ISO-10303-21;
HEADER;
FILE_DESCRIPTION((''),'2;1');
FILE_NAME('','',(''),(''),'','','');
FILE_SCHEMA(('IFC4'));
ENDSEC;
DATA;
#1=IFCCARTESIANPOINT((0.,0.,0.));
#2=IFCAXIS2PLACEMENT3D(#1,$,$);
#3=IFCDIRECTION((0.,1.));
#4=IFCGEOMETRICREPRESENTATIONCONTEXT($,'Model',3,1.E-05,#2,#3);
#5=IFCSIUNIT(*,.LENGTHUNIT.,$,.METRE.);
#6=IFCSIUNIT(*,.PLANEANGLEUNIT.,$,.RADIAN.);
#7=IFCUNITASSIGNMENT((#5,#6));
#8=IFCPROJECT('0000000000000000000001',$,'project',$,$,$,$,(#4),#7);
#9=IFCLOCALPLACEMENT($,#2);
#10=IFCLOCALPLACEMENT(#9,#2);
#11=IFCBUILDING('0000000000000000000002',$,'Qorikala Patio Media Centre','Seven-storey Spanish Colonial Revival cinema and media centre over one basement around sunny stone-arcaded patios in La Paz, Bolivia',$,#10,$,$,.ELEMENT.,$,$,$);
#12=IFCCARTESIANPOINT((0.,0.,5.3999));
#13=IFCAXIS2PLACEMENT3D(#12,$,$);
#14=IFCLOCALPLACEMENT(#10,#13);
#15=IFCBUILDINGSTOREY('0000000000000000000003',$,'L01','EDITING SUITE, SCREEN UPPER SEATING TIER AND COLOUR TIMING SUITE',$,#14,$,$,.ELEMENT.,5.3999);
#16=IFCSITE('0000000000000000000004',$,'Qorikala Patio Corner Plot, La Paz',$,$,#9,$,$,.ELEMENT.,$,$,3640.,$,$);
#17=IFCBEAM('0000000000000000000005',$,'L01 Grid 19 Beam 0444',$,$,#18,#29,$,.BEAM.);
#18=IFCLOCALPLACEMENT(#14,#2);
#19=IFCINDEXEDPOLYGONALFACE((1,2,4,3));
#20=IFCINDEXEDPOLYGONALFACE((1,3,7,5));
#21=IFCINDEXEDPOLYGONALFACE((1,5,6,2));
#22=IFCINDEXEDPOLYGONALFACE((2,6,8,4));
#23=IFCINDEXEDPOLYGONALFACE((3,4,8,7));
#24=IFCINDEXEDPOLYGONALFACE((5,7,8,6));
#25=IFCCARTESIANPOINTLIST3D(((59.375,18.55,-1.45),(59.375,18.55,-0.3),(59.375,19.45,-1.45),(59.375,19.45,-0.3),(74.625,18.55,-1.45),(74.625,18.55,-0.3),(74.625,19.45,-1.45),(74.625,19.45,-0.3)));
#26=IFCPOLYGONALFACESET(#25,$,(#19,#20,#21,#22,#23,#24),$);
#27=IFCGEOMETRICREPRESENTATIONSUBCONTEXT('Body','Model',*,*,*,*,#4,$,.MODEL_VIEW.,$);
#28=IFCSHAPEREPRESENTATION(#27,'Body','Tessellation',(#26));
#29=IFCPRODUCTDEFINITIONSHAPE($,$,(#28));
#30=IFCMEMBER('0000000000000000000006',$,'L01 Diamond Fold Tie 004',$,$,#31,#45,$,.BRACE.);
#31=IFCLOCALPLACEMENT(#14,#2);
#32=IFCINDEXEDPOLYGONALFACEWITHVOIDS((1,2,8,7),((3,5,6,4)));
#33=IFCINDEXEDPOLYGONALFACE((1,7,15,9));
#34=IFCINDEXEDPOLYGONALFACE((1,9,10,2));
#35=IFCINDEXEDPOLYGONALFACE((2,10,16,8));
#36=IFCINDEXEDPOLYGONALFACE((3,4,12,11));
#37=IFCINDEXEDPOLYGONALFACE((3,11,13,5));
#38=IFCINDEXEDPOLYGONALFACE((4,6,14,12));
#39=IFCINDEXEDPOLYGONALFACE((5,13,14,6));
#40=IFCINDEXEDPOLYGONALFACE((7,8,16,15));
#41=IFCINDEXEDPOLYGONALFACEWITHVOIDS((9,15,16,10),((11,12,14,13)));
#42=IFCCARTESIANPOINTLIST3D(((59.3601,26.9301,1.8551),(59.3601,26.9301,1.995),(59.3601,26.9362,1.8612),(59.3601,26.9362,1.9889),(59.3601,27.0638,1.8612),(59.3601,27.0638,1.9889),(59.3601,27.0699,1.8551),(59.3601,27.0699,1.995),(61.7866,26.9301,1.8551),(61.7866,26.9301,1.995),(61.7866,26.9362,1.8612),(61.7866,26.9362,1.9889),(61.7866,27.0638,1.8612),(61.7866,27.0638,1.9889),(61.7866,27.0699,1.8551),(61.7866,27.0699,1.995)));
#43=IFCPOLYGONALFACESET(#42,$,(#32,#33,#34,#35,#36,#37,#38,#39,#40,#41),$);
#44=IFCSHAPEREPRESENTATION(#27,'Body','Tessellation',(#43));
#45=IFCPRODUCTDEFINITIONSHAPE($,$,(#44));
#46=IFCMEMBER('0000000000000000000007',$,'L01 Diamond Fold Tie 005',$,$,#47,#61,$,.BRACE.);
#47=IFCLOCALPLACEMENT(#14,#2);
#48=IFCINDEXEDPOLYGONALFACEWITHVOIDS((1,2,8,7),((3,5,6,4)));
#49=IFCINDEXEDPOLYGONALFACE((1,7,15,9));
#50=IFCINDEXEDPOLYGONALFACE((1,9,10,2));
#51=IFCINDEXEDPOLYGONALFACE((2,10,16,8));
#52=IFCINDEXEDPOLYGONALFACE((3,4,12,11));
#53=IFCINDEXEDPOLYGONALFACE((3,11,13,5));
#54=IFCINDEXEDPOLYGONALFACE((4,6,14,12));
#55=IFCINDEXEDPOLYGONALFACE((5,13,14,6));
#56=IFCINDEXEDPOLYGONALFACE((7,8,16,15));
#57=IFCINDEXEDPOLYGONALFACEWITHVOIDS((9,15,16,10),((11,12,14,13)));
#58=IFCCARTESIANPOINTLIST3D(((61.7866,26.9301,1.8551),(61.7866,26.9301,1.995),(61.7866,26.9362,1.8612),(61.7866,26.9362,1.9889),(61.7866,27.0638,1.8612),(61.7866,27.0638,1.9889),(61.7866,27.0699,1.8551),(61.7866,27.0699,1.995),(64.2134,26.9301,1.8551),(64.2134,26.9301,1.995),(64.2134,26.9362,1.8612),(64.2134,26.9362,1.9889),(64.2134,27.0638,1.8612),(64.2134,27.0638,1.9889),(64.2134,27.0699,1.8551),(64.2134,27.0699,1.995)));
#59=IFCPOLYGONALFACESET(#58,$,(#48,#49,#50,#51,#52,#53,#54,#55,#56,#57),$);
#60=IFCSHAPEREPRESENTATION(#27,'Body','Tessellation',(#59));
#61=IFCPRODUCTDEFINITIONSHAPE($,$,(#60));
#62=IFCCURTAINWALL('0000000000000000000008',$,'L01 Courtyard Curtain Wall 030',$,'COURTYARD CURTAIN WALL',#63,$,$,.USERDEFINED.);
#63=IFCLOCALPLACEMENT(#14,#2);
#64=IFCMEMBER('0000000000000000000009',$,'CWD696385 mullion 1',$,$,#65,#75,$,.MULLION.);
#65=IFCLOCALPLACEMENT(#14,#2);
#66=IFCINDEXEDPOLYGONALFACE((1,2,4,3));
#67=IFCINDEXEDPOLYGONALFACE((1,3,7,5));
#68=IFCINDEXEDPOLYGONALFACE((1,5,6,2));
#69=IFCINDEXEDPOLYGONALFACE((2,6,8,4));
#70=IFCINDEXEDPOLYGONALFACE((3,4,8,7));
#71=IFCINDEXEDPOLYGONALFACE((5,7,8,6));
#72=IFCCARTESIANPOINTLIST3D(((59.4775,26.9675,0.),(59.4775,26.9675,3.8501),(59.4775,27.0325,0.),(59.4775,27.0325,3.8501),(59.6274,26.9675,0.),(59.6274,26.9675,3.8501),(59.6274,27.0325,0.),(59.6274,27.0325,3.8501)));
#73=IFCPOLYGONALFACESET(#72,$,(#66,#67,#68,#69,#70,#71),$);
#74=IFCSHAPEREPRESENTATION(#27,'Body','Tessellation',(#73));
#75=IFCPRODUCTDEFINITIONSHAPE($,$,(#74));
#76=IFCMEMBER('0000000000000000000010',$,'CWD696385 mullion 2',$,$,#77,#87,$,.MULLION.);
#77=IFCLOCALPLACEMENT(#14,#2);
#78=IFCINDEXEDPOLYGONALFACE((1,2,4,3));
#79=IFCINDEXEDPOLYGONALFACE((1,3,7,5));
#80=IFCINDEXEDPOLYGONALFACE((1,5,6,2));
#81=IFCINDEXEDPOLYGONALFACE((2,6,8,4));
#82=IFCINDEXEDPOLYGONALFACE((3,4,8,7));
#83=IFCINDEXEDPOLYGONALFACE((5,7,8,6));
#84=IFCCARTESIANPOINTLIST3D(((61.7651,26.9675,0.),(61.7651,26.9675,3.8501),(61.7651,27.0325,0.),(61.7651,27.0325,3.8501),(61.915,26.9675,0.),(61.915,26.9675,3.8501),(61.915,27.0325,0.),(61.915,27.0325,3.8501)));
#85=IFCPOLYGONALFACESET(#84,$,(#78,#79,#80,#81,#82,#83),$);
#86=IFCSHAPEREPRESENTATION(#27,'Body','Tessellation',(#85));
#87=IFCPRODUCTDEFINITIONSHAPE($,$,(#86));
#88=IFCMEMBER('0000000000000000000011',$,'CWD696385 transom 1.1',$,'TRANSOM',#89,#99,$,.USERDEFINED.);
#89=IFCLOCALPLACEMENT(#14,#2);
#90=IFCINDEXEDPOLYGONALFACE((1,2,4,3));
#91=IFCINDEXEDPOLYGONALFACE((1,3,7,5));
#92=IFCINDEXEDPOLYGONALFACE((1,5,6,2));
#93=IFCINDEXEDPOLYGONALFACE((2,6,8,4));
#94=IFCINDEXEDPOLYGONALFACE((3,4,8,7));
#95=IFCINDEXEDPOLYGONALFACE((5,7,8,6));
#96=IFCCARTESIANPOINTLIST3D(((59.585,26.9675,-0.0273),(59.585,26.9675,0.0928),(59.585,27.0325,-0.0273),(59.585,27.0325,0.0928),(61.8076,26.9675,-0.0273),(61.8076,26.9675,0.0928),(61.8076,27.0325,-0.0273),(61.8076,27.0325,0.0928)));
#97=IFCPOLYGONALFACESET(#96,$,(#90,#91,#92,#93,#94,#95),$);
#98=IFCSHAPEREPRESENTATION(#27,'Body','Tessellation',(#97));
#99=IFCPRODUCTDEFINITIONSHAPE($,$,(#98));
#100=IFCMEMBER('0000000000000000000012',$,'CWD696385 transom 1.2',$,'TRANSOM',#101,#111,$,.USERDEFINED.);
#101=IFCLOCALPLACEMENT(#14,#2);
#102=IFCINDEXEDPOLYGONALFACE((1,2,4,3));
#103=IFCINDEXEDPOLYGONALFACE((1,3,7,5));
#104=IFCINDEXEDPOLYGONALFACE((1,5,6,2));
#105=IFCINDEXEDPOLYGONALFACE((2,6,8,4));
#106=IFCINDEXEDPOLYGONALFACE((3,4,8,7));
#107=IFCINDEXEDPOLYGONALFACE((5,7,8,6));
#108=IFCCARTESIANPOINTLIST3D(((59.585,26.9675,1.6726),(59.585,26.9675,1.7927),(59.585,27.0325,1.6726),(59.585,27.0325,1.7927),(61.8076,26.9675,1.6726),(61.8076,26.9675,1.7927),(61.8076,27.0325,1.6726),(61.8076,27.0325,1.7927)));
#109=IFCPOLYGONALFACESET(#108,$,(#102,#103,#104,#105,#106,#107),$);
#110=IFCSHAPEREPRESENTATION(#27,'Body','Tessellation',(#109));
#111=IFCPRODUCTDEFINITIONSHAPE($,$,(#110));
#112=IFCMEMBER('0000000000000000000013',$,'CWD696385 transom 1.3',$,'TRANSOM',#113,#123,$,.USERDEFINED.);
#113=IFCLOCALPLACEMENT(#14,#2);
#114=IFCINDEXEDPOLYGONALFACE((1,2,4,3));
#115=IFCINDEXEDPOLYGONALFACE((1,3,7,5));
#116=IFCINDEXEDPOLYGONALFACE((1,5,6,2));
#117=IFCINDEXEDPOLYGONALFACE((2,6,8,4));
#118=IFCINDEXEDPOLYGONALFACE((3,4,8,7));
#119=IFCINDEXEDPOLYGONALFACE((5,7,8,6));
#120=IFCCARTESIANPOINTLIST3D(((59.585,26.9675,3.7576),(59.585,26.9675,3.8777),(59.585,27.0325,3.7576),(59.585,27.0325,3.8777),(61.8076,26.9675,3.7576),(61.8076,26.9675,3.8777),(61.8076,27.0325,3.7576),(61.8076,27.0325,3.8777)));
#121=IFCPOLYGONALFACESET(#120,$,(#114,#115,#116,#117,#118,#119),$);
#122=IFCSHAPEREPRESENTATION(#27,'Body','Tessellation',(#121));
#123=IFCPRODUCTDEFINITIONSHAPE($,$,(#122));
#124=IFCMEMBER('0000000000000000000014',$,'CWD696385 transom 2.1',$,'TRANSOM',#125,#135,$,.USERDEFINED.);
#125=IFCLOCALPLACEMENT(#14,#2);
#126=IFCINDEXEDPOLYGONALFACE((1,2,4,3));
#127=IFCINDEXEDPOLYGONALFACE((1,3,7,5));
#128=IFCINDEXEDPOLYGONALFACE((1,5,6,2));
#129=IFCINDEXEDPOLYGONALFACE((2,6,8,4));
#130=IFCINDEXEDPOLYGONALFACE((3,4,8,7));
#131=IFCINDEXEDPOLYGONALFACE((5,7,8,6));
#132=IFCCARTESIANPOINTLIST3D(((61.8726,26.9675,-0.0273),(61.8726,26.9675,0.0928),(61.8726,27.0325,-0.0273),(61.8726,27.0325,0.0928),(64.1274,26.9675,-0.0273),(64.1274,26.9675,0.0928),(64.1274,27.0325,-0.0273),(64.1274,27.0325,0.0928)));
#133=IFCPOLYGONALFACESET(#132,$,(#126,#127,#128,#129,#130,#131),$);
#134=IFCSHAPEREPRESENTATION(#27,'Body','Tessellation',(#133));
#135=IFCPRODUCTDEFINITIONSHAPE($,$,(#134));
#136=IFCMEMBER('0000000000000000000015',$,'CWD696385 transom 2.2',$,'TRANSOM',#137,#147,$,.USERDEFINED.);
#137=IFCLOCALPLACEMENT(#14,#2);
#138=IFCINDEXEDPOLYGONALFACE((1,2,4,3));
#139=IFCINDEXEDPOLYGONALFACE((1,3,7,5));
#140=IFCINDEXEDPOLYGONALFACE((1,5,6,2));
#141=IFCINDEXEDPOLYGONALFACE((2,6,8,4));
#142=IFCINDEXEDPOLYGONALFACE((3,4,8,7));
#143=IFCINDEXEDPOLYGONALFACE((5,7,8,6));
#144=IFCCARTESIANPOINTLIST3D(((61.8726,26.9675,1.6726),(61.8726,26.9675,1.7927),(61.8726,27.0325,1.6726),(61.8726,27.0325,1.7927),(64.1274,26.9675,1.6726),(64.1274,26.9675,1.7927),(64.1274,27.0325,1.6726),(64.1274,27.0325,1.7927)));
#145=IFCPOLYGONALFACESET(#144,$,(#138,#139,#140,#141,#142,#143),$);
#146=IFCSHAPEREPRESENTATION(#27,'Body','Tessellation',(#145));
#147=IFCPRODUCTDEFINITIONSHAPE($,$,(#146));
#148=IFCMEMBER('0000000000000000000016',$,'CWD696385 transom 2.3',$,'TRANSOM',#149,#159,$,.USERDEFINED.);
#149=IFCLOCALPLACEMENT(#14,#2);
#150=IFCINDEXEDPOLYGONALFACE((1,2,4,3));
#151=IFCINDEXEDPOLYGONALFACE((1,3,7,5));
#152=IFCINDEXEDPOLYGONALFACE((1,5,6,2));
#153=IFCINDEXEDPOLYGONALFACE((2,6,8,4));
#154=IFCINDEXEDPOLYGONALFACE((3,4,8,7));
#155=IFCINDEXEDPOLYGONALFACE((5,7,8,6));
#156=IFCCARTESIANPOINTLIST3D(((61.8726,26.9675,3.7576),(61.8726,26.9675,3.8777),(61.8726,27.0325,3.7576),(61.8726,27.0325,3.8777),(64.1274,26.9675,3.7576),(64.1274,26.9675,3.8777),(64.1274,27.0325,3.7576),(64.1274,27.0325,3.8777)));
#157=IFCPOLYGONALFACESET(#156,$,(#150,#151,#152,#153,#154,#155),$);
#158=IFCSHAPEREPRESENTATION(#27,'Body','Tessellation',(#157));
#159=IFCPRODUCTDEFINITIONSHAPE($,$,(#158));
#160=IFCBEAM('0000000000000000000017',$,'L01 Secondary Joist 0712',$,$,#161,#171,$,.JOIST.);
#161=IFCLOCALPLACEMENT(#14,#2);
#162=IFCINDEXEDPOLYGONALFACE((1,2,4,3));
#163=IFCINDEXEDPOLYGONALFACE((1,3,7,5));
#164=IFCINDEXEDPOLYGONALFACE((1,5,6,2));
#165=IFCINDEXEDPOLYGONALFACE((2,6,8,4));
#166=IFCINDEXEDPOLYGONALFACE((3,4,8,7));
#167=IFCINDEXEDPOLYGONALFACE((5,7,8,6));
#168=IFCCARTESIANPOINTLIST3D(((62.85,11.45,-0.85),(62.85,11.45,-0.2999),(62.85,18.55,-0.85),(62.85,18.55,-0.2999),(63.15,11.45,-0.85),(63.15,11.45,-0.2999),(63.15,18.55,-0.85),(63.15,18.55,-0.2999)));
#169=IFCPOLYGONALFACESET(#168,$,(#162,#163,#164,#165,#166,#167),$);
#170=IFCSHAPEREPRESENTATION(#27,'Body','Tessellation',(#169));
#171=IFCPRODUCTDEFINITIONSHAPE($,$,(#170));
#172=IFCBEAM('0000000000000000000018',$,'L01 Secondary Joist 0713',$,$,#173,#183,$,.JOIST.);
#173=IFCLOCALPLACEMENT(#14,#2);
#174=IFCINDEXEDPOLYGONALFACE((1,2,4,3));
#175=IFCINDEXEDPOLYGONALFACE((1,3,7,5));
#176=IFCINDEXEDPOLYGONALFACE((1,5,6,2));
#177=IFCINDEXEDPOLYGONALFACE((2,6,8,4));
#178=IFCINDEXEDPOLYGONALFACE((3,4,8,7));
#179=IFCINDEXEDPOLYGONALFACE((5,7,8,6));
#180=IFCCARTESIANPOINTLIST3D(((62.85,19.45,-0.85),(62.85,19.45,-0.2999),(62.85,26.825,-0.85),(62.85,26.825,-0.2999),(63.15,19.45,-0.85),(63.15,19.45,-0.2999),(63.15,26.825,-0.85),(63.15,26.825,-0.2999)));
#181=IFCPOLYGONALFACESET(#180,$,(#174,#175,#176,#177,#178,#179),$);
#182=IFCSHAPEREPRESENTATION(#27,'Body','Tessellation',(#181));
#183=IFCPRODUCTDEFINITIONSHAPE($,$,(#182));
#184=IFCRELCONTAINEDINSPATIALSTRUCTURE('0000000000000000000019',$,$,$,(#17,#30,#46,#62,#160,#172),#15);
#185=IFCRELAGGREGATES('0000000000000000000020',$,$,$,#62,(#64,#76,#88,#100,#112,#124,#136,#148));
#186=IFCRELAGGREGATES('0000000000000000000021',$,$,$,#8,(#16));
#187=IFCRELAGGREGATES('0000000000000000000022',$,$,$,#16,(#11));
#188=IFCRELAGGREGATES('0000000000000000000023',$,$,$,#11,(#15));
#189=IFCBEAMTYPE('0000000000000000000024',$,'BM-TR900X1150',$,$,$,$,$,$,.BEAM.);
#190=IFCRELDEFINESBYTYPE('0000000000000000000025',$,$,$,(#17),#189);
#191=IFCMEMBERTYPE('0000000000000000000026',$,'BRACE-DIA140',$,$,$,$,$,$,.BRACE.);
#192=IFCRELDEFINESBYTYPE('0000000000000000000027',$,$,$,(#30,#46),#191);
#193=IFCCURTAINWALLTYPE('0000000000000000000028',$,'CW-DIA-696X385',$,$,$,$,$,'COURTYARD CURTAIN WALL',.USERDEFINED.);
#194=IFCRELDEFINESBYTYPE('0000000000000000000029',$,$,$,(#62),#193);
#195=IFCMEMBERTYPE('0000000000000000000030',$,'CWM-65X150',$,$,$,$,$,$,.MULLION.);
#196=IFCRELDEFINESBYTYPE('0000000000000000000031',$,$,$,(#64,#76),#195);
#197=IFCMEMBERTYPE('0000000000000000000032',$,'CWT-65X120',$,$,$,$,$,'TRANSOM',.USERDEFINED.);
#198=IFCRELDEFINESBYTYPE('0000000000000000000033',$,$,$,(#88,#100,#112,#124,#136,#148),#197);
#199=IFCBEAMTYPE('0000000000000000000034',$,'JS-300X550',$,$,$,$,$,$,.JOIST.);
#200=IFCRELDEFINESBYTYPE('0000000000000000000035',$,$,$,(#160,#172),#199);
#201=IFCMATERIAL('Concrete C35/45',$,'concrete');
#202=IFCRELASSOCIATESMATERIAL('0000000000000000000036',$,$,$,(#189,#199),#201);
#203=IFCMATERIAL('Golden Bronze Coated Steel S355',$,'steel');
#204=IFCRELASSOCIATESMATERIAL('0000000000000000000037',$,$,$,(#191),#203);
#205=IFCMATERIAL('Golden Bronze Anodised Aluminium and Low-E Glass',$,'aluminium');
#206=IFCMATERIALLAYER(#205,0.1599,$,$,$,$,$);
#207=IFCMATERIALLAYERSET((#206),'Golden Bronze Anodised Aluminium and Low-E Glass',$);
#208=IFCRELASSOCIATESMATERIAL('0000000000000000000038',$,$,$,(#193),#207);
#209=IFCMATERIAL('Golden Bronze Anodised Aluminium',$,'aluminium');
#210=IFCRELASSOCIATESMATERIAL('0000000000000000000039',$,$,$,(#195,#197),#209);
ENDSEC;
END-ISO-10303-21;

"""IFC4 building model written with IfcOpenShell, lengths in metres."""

from ifc_helpers import new_model, si_unit, direction, frame, origin, origin_2d, place, context, subcontext, project, spatial, rectangle, hollow_rectangle, extrude, material, layer, layer_set, material_profile, profile_set, type_object, element, aggregate, save


model = new_model("IFC4")

# Units and contexts
model_context = context("Model", 3, precision=1e-05, world=origin(), true_north=direction((0.0, 1.0)))
body_context = subcontext(model_context, "Body", "Model", "MODEL_VIEW")
ifc_project = project(units=[si_unit("LENGTHUNIT", "METRE"), si_unit("PLANEANGLEUNIT", "RADIAN")], contexts=[model_context])

# Site, building, storey
site_placement = place(None, origin())
site = spatial("IfcSite", under=ifc_project, at=site_placement, Name="Qorikala Patio Corner Plot, La Paz", CompositionType="ELEMENT", RefElevation=3640.0)
building_placement = place(site_placement, origin())
building = spatial("IfcBuilding", under=site, at=building_placement, Name="Qorikala Patio Media Centre", Description="Seven-storey Spanish Colonial Revival cinema and media centre over one basement around sunny stone-arcaded patios in La Paz, Bolivia", CompositionType="ELEMENT")
storey_placement = place(building_placement, frame((0.0, 0.0, 5.3999)))
storey = spatial("IfcBuildingStorey", under=building, at=storey_placement, Name="L01", Description="EDITING SUITE, SCREEN UPPER SEATING TIER AND COLOUR TIMING SUITE", CompositionType="ELEMENT", Elevation=5.3999)

# Beam
ifc_material_1 = material(Name="Concrete C35/45", Category="concrete")
ifc_material_profile_1 = material_profile(ifc_material_1, rectangle(XDim=0.8999, YDim=1.1499, at=origin_2d()), Name="RC 900x1150")
ifc_profile_set_1 = profile_set([ifc_material_profile_1], Name="Concrete C35/45")
beam_type_1 = type_object("IfcBeamType", Name="BM-TR900X1150", PredefinedType="BEAM", material=ifc_profile_set_1)
beam_1_placement = place(storey_placement, frame((59.375, 19.0, -0.875), z_axis=(1.0, 0.0, 0.0), x_axis=(0.0, 1.0, 0.0)))
element("IfcBeam", 1, at=beam_1_placement, inside=storey, type_object=beam_type_1, Name="L01 Grid 19 Beam 0444", PredefinedType="BEAM", context=body_context, shape_type="SweptSolid", body=[
    extrude(rectangle(XDim=0.8999, YDim=1.1499, at=origin_2d()), origin(), (0.0, 0.0, 1.0), 15.25),
])

# Members
ifc_material_2 = material(Name="Golden Bronze Coated Steel S355", Category="steel")
ifc_material_profile_2 = material_profile(ifc_material_2, hollow_rectangle(XDim=0.1399, YDim=0.1399, WallThickness=0.0061, at=origin_2d()), Name="HSS140X140X6")
ifc_profile_set_2 = profile_set([ifc_material_profile_2], Name="Golden Bronze Coated Steel S355")
member_type_1 = type_object("IfcMemberType", Name="BRACE-DIA140", PredefinedType="BRACE", material=ifc_profile_set_2)
member_1_placement = place(storey_placement, frame((59.3601, 27.0, 1.925), z_axis=(1.0, 0.0, 0.0), x_axis=(0.0, 1.0, 0.0)))
element("IfcMember", 2, at=member_1_placement, inside=storey, type_object=member_type_1, Name="L01 Diamond Fold Tie 004", PredefinedType="BRACE", context=body_context, shape_type="SweptSolid", body=[
    extrude(hollow_rectangle(XDim=0.1399, YDim=0.1399, WallThickness=0.0061, at=origin_2d()), origin(), (0.0, 0.0, 1.0), 2.4265),
])
member_2_placement = place(storey_placement, frame((61.7866, 27.0, 1.925), z_axis=(1.0, 0.0, 0.0), x_axis=(0.0, 1.0, 0.0)))
element("IfcMember", 3, at=member_2_placement, inside=storey, type_object=member_type_1, Name="L01 Diamond Fold Tie 005", PredefinedType="BRACE", context=body_context, shape_type="SweptSolid", body=[
    extrude(hollow_rectangle(XDim=0.1399, YDim=0.1399, WallThickness=0.0061, at=origin_2d()), origin(), (0.0, 0.0, 1.0), 2.4268),
])

# Curtain wall, members
ifc_material_3 = material(Name="Golden Bronze Anodised Aluminium and Low-E Glass", Category="aluminium")
ifc_layer_1 = layer(ifc_material_3, 0.1599)
ifc_layer_set_1 = layer_set([ifc_layer_1], Name="Golden Bronze Anodised Aluminium and Low-E Glass")
curtain_wall_type = type_object("IfcCurtainWallType", Name="CW-DIA-696X385", ElementType="COURTYARD CURTAIN WALL", PredefinedType="USERDEFINED", material=ifc_layer_set_1)
curtain_wall_placement = place(storey_placement, origin())
curtain_wall = element("IfcCurtainWall", 4, at=curtain_wall_placement, inside=storey, type_object=curtain_wall_type, Name="L01 Courtyard Curtain Wall 030", ObjectType="COURTYARD CURTAIN WALL", PredefinedType="USERDEFINED")
ifc_material_4 = material(Name="Golden Bronze Anodised Aluminium", Category="aluminium")
ifc_material_profile_3 = material_profile(ifc_material_4, rectangle(XDim=0.0649, YDim=0.1499, at=origin_2d()), Name="ALU MULLION 65x150")
ifc_profile_set_3 = profile_set([ifc_material_profile_3], Name="Golden Bronze Anodised Aluminium")
member_type_2 = type_object("IfcMemberType", Name="CWM-65X150", PredefinedType="MULLION", material=ifc_profile_set_3)
member_3_placement = place(storey_placement, frame((59.5525, 27.0, 0.0), z_axis=(0.0, 0.0, 1.0), x_axis=(0.0, 1.0, 0.0)))
member_3 = element("IfcMember", 5, at=member_3_placement, type_object=member_type_2, Name="CWD696385 mullion 1", PredefinedType="MULLION", context=body_context, shape_type="SweptSolid", body=[
    extrude(rectangle(XDim=0.0649, YDim=0.1499, at=origin_2d()), origin(), (0.0, 0.0, 1.0), 3.8501),
])
member_4_placement = place(storey_placement, frame((61.8401, 27.0, 0.0), z_axis=(0.0, 0.0, 1.0), x_axis=(0.0, 1.0, 0.0)))
member_4 = element("IfcMember", 6, at=member_4_placement, type_object=member_type_2, Name="CWD696385 mullion 2", PredefinedType="MULLION", context=body_context, shape_type="SweptSolid", body=[
    extrude(rectangle(XDim=0.0649, YDim=0.1499, at=origin_2d()), origin(), (0.0, 0.0, 1.0), 3.8501),
])
ifc_material_profile_4 = material_profile(ifc_material_4, rectangle(XDim=0.0649, YDim=0.1201, at=origin_2d()), Name="ALU TRANSOM 65x120")
ifc_profile_set_4 = profile_set([ifc_material_profile_4], Name="Golden Bronze Anodised Aluminium")
member_type_3 = type_object("IfcMemberType", Name="CWT-65X120", ElementType="TRANSOM", PredefinedType="USERDEFINED", material=ifc_profile_set_4)
member_5_placement = place(storey_placement, frame((59.585, 27.0, 0.0327), z_axis=(1.0, 0.0, 0.0), x_axis=(0.0, 1.0, 0.0)))
member_5 = element("IfcMember", 7, at=member_5_placement, type_object=member_type_3, Name="CWD696385 transom 1.1", ObjectType="TRANSOM", PredefinedType="USERDEFINED", context=body_context, shape_type="SweptSolid", body=[
    extrude(rectangle(XDim=0.0649, YDim=0.1201, at=origin_2d()), origin(), (0.0, 0.0, 1.0), 2.2227),
])
member_6_placement = place(storey_placement, frame((59.585, 27.0, 1.7327), z_axis=(1.0, 0.0, 0.0), x_axis=(0.0, 1.0, 0.0)))
member_6 = element("IfcMember", 8, at=member_6_placement, type_object=member_type_3, Name="CWD696385 transom 1.2", ObjectType="TRANSOM", PredefinedType="USERDEFINED", context=body_context, shape_type="SweptSolid", body=[
    extrude(rectangle(XDim=0.0649, YDim=0.1201, at=origin_2d()), origin(), (0.0, 0.0, 1.0), 2.2227),
])
member_7_placement = place(storey_placement, frame((59.585, 27.0, 3.8176), z_axis=(1.0, 0.0, 0.0), x_axis=(0.0, 1.0, 0.0)))
member_7 = element("IfcMember", 9, at=member_7_placement, type_object=member_type_3, Name="CWD696385 transom 1.3", ObjectType="TRANSOM", PredefinedType="USERDEFINED", context=body_context, shape_type="SweptSolid", body=[
    extrude(rectangle(XDim=0.0649, YDim=0.1201, at=origin_2d()), origin(), (0.0, 0.0, 1.0), 2.2227),
])
member_8_placement = place(storey_placement, frame((61.8726, 27.0, 0.0327), z_axis=(1.0, 0.0, 0.0), x_axis=(0.0, 1.0, 0.0)))
member_8 = element("IfcMember", 10, at=member_8_placement, type_object=member_type_3, Name="CWD696385 transom 2.1", ObjectType="TRANSOM", PredefinedType="USERDEFINED", context=body_context, shape_type="SweptSolid", body=[
    extrude(rectangle(XDim=0.0649, YDim=0.1201, at=origin_2d()), origin(), (0.0, 0.0, 1.0), 2.2549),
])
member_9_placement = place(storey_placement, frame((61.8726, 27.0, 1.7327), z_axis=(1.0, 0.0, 0.0), x_axis=(0.0, 1.0, 0.0)))
member_9 = element("IfcMember", 11, at=member_9_placement, type_object=member_type_3, Name="CWD696385 transom 2.2", ObjectType="TRANSOM", PredefinedType="USERDEFINED", context=body_context, shape_type="SweptSolid", body=[
    extrude(rectangle(XDim=0.0649, YDim=0.1201, at=origin_2d()), origin(), (0.0, 0.0, 1.0), 2.2549),
])
member_10_placement = place(storey_placement, frame((61.8726, 27.0, 3.8176), z_axis=(1.0, 0.0, 0.0), x_axis=(0.0, 1.0, 0.0)))
member_10 = element("IfcMember", 12, at=member_10_placement, type_object=member_type_3, Name="CWD696385 transom 2.3", ObjectType="TRANSOM", PredefinedType="USERDEFINED", context=body_context, shape_type="SweptSolid", body=[
    extrude(rectangle(XDim=0.0649, YDim=0.1201, at=origin_2d()), origin(), (0.0, 0.0, 1.0), 2.2549),
])

# Beams
ifc_material_profile_5 = material_profile(ifc_material_1, rectangle(XDim=0.3, YDim=0.55, at=origin_2d()), Name="RC 300x550")
ifc_profile_set_5 = profile_set([ifc_material_profile_5], Name="Concrete C35/45")
beam_type_2 = type_object("IfcBeamType", Name="JS-300X550", PredefinedType="JOIST", material=ifc_profile_set_5)
beam_2_placement = place(storey_placement, frame((63.0, 11.45, -0.575), z_axis=(0.0, 1.0, 0.0), x_axis=(-1.0, 0.0, 0.0)))
element("IfcBeam", 13, at=beam_2_placement, inside=storey, type_object=beam_type_2, Name="L01 Secondary Joist 0712", PredefinedType="JOIST", context=body_context, shape_type="SweptSolid", body=[
    extrude(rectangle(XDim=0.3, YDim=0.55, at=origin_2d()), origin(), (0.0, 0.0, 1.0), 7.1001),
])
beam_3_placement = place(storey_placement, frame((63.0, 19.45, -0.575), z_axis=(0.0, 1.0, 0.0), x_axis=(-1.0, 0.0, 0.0)))
element("IfcBeam", 14, at=beam_3_placement, inside=storey, type_object=beam_type_2, Name="L01 Secondary Joist 0713", PredefinedType="JOIST", context=body_context, shape_type="SweptSolid", body=[
    extrude(rectangle(XDim=0.3, YDim=0.55, at=origin_2d()), origin(), (0.0, 0.0, 1.0), 7.375),
])

aggregate(curtain_wall, [member_3, member_4, member_5, member_6, member_7, member_8, member_9, member_10])

save(model, "model.ifc")
